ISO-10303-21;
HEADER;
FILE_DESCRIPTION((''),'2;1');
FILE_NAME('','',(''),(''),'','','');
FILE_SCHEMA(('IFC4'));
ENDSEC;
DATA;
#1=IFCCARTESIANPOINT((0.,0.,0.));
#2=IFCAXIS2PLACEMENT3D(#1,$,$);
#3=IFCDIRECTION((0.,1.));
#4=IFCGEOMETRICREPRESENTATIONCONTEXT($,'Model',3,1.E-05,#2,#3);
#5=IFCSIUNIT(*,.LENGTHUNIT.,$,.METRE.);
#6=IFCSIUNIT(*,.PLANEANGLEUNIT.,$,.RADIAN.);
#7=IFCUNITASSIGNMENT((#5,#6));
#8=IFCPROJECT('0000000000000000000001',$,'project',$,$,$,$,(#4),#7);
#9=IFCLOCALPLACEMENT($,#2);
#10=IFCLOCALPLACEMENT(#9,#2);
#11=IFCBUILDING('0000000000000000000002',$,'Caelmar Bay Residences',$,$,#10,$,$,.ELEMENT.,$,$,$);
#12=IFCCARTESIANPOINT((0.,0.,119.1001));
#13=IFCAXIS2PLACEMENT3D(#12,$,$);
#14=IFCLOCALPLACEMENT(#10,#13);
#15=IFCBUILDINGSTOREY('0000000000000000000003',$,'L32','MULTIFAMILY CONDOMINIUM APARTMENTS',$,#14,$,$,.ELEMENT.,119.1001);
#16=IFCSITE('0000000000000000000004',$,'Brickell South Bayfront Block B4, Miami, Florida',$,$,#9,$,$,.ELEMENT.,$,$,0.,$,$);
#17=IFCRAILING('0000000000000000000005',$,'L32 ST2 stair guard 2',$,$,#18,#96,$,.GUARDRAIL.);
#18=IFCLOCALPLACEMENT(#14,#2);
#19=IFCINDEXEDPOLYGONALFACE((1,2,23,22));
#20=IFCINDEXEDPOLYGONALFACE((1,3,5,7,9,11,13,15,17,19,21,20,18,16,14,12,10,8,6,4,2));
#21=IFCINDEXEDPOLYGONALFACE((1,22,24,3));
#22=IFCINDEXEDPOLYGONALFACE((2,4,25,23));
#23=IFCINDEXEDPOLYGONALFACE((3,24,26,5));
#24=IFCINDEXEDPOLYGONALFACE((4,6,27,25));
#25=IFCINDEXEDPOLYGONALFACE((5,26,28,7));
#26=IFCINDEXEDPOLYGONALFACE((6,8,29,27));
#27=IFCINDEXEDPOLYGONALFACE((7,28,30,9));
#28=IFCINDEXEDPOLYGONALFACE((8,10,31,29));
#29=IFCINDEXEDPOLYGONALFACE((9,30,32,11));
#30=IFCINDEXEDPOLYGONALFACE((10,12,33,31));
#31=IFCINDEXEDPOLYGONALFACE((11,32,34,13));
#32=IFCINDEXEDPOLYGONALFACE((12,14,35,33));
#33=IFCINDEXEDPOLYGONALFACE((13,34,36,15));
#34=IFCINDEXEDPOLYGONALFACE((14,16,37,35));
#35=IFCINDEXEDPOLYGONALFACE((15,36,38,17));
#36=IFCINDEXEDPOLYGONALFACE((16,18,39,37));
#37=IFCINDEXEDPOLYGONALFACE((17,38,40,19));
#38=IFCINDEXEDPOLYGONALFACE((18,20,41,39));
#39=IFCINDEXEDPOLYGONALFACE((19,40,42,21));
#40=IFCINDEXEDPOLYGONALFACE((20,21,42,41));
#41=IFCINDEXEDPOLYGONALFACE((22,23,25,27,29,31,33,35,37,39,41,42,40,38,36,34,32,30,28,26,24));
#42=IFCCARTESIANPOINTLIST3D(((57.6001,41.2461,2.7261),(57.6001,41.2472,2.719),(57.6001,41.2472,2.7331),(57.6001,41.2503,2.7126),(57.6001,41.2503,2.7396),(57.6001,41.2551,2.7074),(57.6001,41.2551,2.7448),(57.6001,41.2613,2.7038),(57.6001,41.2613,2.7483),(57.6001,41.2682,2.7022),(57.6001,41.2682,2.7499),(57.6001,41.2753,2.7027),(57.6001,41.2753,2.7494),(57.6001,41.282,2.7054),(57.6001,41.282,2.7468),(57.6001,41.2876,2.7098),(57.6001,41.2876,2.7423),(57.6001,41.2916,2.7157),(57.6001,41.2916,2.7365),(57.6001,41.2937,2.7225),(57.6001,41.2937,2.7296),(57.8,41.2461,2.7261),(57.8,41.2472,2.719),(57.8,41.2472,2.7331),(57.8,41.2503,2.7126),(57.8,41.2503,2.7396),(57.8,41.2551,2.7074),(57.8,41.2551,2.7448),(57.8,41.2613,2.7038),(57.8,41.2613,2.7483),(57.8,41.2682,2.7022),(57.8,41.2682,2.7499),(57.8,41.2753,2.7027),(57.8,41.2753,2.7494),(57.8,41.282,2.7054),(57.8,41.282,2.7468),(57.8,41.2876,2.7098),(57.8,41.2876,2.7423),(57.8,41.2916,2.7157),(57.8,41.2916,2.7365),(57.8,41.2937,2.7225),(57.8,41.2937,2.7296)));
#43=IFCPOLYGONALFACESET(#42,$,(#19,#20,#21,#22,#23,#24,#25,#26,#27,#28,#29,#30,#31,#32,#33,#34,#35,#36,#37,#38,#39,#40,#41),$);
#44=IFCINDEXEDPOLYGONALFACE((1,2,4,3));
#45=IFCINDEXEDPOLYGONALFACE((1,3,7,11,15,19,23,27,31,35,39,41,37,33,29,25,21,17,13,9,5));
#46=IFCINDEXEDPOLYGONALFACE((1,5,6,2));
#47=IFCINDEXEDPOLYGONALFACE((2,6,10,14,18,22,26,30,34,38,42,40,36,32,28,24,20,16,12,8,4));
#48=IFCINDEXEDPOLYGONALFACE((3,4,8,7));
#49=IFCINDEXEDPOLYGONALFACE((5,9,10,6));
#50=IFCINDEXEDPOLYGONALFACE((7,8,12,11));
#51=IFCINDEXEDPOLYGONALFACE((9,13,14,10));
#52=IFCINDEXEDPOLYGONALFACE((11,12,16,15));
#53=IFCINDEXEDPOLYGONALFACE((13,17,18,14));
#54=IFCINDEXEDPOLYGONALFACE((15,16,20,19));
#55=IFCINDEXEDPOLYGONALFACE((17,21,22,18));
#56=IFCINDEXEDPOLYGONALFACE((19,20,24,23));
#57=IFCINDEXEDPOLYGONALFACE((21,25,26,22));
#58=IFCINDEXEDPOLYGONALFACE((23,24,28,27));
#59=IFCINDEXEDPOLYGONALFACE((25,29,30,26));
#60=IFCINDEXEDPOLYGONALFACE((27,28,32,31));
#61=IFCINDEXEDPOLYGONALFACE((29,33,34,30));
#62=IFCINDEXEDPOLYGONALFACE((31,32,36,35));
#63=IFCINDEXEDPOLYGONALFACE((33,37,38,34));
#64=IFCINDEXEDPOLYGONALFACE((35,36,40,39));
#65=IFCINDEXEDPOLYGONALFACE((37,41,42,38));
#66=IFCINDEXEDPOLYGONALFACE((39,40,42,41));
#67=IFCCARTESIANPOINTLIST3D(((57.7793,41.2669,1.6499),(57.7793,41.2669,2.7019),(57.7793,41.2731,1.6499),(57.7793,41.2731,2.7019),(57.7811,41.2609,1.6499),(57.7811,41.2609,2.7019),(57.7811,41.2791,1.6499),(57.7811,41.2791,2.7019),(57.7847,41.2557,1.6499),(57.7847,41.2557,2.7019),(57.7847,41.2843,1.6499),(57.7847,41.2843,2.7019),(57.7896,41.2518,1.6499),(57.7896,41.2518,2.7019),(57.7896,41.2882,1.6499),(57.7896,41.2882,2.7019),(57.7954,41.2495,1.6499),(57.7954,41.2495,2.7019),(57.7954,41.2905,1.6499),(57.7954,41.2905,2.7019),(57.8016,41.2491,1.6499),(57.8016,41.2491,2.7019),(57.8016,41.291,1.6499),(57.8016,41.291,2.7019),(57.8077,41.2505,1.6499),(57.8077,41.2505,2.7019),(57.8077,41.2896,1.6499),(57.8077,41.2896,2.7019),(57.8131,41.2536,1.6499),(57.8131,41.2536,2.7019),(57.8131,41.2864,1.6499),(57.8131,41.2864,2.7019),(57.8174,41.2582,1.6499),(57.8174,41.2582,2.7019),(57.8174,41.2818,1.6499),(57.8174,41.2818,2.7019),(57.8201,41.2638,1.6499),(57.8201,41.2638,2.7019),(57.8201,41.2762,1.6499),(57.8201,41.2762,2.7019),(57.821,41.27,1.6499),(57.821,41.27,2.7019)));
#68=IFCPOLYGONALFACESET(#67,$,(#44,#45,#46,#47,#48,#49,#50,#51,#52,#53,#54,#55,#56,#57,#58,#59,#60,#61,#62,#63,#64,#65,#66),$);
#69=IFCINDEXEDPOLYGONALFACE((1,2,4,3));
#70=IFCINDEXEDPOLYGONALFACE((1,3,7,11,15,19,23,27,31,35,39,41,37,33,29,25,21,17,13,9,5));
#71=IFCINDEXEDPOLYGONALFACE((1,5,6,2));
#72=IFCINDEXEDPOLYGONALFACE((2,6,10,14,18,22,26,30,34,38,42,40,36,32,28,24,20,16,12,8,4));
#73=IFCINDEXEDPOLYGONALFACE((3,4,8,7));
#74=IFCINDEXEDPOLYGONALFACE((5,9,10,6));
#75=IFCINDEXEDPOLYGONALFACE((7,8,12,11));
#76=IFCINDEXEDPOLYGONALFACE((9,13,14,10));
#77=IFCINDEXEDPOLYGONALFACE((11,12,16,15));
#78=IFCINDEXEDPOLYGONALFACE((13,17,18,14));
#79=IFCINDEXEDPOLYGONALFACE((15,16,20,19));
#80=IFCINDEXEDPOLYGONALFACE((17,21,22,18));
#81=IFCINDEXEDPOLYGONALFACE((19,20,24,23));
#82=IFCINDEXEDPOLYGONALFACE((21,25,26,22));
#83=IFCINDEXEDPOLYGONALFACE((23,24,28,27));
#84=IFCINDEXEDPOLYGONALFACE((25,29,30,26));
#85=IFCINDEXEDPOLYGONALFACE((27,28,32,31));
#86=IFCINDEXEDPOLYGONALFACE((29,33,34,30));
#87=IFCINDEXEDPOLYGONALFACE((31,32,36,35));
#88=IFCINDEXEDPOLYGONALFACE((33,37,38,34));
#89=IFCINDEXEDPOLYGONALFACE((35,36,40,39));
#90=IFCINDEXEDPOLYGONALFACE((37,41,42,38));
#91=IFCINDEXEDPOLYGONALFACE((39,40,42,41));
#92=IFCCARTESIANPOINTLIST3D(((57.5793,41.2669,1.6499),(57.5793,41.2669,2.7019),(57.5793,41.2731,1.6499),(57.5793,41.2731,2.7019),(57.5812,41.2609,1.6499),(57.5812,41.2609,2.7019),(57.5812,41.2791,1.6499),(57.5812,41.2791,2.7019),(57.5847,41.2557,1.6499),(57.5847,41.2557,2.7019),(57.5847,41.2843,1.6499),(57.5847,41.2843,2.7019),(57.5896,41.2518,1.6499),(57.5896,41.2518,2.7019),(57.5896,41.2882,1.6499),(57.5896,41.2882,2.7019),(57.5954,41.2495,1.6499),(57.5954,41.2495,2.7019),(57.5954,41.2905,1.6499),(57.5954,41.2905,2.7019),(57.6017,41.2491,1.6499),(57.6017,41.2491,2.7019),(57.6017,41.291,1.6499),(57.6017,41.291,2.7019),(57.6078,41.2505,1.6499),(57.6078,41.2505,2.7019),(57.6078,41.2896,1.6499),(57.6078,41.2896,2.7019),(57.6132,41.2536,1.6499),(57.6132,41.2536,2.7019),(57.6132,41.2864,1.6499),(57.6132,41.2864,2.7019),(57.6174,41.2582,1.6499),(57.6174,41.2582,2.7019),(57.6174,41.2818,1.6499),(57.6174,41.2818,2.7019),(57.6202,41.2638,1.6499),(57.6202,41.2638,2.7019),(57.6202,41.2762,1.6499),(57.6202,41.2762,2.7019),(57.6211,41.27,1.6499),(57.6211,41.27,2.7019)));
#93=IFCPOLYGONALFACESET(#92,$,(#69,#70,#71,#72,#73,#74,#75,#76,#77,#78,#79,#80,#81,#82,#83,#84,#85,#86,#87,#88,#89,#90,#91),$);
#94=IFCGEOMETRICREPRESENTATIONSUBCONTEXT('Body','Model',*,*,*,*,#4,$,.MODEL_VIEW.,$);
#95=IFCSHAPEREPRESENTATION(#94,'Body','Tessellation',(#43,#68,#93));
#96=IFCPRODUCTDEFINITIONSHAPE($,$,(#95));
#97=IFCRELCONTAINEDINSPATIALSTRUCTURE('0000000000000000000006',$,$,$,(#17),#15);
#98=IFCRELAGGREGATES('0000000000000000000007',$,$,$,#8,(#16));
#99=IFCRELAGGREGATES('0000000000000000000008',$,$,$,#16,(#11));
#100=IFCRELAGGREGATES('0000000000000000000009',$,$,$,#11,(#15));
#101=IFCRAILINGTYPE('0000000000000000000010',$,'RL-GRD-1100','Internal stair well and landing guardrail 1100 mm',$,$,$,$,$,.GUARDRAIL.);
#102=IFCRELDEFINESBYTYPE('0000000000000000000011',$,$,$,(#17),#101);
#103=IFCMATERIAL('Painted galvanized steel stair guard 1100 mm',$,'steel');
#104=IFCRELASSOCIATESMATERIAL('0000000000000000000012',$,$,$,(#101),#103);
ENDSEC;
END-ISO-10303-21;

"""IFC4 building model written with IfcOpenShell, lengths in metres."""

from ifc_helpers import new_model, si_unit, direction, frame, origin, origin_2d, place, context, subcontext, project, spatial, circle, extrude, material, type_object, element, save


model = new_model("IFC4")

# Units and contexts
model_context = context("Model", 3, precision=1e-05, world=origin(), true_north=direction((0.0, 1.0)))
body_context = subcontext(model_context, "Body", "Model", "MODEL_VIEW")
ifc_project = project(units=[si_unit("LENGTHUNIT", "METRE"), si_unit("PLANEANGLEUNIT", "RADIAN")], contexts=[model_context])

# Site, building, storey
site_placement = place(None, origin())
site = spatial("IfcSite", under=ifc_project, at=site_placement, Name="Brickell South Bayfront Block B4, Miami, Florida", CompositionType="ELEMENT", RefElevation=0.0)
building_placement = place(site_placement, origin())
building = spatial("IfcBuilding", under=site, at=building_placement, Name="Caelmar Bay Residences", CompositionType="ELEMENT")
storey_placement = place(building_placement, frame((0.0, 0.0, 119.1001)))
storey = spatial("IfcBuildingStorey", under=building, at=storey_placement, Name="L32", Description="MULTIFAMILY CONDOMINIUM APARTMENTS", CompositionType="ELEMENT", Elevation=119.1001)

# Railing
ifc_material_1 = material(Name="Painted galvanized steel stair guard 1100 mm", Category="steel")
railing_type_1 = type_object("IfcRailingType", Name="RL-GRD-1100", Description="Internal stair well and landing guardrail 1100 mm", PredefinedType="GUARDRAIL", material=ifc_material_1)
railing_1_placement = place(storey_placement, frame((57.8, 41.27, 1.6499)))
element("IfcRailing", 1, at=railing_1_placement, inside=storey, type_object=railing_type_1, Name="L32 ST2 stair guard 2", PredefinedType="GUARDRAIL", context=body_context, shape_type="SweptSolid", body=[
    extrude(circle(Radius=0.0239, at=origin_2d()), frame((0.0, 0.0, 1.0762), z_axis=(-1.0, 0.0, 0.0), x_axis=(0.0, -1.0, 0.0)), (0.0, 0.0, 1.0), 0.2),
    extrude(circle(Radius=0.021, at=origin_2d()), origin(), (0.0, 0.0, 1.0), 1.052),
    extrude(circle(Radius=0.021, at=origin_2d()), frame((-0.2, 0.0, 0.0)), (0.0, 0.0, 1.0), 1.052),
])

save(model, "model.ifc")
